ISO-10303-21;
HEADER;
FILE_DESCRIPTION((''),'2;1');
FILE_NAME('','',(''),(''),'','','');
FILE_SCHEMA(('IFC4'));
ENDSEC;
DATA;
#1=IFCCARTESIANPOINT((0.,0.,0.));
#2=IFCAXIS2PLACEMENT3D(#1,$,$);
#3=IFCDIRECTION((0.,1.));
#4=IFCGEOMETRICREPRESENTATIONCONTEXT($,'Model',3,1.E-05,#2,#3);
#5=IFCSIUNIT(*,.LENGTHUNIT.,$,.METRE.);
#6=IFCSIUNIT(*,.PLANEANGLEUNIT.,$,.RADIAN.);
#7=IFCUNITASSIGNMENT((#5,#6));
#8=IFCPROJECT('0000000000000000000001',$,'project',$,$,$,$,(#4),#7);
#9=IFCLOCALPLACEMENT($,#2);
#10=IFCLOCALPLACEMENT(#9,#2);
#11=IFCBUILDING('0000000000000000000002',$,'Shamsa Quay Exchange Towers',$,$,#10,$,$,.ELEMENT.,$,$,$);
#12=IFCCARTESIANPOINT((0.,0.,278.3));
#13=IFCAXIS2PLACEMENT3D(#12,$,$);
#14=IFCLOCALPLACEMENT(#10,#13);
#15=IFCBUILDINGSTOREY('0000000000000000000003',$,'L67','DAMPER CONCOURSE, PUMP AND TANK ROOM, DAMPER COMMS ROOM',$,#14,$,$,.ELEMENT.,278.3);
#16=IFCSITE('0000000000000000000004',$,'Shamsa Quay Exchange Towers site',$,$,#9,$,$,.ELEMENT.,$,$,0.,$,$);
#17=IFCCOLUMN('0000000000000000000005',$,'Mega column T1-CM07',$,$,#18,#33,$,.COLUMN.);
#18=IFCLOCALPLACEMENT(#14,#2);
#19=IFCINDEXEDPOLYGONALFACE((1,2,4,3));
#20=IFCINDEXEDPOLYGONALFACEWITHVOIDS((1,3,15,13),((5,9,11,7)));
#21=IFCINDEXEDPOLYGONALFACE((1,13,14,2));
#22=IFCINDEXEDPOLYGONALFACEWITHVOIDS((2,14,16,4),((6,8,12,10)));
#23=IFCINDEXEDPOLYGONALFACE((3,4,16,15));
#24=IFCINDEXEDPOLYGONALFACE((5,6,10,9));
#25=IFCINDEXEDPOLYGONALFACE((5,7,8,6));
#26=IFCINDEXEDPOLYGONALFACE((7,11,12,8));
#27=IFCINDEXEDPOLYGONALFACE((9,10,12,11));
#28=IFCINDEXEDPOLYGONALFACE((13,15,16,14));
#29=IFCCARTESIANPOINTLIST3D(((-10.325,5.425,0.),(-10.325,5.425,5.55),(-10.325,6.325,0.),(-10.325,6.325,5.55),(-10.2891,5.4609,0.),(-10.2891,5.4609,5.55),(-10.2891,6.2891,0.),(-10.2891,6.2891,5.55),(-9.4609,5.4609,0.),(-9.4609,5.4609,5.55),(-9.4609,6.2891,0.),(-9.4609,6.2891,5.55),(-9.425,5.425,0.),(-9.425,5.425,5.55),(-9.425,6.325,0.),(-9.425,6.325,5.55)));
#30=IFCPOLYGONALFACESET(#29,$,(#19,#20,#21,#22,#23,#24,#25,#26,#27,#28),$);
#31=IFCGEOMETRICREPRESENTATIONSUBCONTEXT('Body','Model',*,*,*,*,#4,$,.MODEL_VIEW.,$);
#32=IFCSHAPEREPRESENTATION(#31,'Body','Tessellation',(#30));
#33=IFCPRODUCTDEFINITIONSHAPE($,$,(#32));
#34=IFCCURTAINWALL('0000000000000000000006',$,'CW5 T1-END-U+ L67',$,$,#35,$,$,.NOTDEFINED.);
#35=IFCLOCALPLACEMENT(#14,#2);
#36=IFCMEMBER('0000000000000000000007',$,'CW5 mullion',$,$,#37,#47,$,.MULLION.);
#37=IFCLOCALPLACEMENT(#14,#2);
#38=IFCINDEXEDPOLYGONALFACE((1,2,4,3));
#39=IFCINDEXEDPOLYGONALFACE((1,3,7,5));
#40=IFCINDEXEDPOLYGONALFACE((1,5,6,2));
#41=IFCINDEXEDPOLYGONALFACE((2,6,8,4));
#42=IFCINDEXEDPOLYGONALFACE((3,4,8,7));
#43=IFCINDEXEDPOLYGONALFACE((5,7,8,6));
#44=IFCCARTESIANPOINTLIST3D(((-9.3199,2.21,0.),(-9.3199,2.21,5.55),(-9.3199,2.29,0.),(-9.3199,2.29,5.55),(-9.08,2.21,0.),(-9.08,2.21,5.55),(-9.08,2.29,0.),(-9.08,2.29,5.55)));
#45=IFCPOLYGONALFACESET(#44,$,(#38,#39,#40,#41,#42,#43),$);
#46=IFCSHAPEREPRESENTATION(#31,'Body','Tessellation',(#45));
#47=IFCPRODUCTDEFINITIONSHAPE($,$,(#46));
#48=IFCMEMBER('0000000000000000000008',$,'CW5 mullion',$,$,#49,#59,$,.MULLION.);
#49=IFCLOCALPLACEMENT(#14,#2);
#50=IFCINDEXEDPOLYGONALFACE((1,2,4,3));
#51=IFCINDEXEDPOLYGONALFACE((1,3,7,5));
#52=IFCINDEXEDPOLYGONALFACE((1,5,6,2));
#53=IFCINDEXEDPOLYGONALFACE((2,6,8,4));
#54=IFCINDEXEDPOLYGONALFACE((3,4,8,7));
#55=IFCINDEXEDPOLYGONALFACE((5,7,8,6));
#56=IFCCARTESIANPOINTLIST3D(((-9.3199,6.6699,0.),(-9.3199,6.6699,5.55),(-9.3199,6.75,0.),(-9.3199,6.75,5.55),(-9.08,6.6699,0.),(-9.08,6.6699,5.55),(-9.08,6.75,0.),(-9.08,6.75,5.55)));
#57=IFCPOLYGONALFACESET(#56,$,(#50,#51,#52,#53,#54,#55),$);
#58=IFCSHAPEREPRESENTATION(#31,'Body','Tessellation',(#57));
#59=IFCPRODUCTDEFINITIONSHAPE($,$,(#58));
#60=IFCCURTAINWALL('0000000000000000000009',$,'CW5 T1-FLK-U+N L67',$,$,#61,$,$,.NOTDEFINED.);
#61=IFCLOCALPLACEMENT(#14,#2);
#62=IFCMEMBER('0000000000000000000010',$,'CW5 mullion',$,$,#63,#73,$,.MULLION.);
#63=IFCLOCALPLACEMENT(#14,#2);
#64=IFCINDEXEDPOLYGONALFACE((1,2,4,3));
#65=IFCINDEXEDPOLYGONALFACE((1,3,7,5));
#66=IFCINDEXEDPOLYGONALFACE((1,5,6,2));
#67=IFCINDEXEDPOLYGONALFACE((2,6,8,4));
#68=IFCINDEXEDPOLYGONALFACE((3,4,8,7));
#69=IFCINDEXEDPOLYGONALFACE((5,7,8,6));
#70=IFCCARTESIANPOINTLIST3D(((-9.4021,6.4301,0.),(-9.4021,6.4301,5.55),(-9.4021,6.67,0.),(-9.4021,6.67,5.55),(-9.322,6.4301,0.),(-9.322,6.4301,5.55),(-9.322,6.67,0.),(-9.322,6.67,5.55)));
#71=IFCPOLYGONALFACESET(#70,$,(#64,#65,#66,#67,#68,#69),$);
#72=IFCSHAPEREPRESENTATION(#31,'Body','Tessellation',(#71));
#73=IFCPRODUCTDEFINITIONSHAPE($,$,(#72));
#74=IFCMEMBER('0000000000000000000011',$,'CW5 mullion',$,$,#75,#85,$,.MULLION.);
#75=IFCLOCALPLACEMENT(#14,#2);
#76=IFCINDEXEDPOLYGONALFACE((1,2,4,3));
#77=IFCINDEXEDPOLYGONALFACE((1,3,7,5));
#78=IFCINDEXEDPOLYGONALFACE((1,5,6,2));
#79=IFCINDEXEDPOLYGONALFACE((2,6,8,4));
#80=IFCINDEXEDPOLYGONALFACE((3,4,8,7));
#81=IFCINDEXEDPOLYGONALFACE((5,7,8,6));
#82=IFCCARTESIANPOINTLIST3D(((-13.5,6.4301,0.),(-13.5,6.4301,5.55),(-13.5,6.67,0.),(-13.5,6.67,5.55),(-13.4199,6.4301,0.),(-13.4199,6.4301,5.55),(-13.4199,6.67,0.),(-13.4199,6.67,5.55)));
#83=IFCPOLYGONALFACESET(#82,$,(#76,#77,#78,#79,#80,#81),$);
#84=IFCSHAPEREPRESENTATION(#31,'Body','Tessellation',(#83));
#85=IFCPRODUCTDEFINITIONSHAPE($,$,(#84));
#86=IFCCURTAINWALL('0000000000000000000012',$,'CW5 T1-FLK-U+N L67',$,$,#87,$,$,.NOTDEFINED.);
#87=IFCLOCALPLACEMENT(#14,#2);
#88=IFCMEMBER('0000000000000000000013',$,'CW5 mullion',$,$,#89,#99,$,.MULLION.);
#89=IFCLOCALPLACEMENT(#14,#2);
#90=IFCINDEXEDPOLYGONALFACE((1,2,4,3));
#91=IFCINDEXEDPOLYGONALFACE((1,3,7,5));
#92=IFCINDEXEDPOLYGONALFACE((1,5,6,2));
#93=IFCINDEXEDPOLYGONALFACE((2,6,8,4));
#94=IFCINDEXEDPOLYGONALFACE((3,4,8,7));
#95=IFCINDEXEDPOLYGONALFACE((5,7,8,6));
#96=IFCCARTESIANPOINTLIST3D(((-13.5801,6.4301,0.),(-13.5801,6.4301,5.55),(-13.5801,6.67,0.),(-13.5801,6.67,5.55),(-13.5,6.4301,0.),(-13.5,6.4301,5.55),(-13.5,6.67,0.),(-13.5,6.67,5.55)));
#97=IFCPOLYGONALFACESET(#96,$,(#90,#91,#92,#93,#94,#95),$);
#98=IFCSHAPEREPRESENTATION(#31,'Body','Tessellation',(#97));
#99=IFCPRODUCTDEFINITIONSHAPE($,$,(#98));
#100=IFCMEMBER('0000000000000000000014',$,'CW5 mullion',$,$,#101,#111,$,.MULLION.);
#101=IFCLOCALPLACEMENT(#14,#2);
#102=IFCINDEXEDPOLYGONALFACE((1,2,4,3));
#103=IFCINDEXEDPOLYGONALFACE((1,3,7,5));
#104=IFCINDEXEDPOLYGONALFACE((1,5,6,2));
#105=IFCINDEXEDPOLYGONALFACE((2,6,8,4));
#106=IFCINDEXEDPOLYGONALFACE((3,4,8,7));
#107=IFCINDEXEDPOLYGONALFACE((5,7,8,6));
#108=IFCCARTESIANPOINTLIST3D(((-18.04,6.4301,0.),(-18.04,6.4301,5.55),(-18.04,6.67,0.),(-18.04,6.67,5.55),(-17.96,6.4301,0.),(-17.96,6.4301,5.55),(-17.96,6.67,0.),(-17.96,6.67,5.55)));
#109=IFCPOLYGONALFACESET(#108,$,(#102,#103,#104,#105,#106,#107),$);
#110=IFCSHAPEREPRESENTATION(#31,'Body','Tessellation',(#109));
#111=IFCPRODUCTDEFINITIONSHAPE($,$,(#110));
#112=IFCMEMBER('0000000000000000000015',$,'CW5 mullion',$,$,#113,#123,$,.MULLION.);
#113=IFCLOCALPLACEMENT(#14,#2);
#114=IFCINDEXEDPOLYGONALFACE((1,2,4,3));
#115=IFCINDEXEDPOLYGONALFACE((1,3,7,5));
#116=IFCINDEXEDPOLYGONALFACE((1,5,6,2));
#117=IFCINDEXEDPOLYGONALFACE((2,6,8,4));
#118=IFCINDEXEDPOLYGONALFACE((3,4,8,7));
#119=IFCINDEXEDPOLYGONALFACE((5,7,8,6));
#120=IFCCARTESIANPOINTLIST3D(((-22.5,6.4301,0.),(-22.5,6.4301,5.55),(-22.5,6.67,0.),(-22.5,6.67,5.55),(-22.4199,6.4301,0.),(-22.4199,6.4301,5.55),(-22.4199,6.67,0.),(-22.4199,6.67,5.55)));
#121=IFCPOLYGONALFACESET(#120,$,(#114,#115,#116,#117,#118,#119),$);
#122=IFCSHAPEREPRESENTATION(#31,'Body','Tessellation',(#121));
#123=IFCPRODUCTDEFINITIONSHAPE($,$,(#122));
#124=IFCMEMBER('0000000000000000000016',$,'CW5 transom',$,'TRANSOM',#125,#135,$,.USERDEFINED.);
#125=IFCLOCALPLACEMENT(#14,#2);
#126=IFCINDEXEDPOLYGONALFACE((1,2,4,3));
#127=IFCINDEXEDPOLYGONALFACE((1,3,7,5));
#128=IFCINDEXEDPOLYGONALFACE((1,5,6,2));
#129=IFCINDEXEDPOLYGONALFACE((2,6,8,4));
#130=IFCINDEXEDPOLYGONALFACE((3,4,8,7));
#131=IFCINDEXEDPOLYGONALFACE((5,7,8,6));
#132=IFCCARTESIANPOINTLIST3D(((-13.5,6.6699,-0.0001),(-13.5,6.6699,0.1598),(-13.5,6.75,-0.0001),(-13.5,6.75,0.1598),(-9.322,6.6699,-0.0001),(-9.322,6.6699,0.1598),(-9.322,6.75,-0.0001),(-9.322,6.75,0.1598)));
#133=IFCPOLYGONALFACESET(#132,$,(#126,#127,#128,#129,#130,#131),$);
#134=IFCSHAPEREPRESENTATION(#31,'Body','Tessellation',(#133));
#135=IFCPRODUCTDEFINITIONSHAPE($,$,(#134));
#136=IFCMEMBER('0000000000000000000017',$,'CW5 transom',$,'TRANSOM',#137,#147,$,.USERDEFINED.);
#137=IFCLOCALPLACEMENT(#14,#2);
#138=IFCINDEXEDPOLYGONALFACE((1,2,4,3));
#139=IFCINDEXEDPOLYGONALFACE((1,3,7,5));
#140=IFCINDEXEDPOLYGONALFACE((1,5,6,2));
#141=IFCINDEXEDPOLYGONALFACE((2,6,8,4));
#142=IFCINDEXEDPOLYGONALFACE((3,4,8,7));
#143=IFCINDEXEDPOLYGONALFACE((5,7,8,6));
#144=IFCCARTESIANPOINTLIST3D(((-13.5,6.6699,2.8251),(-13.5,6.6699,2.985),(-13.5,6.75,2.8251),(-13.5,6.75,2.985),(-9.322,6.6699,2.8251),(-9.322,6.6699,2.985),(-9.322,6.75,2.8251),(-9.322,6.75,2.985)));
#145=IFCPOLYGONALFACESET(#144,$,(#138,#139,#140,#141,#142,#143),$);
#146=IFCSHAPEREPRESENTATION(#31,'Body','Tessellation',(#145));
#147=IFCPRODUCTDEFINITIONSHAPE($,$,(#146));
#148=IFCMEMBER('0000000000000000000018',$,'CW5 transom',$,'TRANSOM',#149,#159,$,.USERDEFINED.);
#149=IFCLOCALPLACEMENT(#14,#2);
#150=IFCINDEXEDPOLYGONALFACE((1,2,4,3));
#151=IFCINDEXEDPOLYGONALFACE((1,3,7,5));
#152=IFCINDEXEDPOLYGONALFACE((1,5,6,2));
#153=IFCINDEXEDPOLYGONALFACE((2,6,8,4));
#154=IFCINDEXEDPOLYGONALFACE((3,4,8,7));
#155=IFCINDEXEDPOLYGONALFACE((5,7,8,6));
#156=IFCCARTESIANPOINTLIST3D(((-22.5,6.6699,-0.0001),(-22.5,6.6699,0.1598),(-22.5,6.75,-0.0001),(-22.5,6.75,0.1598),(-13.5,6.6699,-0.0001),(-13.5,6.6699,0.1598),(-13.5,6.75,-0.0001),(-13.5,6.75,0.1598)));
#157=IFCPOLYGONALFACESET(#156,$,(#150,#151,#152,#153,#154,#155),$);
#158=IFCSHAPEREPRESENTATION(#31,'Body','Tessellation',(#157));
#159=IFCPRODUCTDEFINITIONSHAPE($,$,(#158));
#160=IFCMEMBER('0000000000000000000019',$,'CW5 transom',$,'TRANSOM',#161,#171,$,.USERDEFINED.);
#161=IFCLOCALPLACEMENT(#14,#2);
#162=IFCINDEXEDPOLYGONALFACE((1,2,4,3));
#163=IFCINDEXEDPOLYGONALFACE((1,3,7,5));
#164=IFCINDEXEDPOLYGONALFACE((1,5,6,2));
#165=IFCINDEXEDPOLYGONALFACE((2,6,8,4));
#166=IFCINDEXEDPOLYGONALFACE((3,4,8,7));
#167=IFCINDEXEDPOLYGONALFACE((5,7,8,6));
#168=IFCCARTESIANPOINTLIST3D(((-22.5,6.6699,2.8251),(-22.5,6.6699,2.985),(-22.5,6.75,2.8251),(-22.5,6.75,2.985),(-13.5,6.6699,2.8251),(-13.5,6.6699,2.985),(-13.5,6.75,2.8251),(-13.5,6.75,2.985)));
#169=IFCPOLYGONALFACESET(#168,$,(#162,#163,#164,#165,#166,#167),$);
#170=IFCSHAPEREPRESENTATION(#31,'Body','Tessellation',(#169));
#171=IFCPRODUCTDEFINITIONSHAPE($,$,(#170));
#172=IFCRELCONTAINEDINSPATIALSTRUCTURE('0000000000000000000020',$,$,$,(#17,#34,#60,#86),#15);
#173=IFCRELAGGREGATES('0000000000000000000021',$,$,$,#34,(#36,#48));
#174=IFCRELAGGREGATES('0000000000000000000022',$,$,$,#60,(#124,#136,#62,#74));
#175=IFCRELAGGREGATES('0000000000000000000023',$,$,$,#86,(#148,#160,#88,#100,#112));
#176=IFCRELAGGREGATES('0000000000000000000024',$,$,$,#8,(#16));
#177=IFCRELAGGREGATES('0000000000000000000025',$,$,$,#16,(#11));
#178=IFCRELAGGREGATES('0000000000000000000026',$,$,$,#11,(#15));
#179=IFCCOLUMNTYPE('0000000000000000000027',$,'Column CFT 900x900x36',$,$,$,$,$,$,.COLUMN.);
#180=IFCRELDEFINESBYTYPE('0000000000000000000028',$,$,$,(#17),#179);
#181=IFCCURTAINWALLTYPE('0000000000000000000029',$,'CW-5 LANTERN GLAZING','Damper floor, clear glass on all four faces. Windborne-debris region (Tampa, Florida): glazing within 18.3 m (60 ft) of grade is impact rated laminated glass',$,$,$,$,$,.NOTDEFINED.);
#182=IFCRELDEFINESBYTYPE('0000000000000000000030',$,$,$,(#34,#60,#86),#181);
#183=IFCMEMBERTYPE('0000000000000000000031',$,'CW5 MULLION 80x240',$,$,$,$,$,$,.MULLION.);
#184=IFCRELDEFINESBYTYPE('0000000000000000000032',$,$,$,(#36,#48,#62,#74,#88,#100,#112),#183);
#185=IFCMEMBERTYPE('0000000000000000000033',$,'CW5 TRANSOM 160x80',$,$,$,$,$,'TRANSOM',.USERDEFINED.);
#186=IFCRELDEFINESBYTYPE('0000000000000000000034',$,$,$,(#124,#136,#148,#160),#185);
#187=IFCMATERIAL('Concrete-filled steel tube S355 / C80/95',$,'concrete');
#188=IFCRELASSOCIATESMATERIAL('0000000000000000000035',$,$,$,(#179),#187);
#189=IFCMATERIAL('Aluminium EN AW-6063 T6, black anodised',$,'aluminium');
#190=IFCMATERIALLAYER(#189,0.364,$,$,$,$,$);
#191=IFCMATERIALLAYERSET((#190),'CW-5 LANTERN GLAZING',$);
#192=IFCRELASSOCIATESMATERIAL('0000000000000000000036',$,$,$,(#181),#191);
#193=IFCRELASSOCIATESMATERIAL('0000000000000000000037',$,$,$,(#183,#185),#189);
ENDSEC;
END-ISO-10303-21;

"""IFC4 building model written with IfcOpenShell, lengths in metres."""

from ifc_helpers import new_model, si_unit, direction, frame, origin, origin_2d, place, context, subcontext, project, spatial, rectangle, hollow_rectangle, extrude, material, layer, layer_set, material_profile, profile_set, type_object, element, aggregate, save


model = new_model("IFC4")

# Units and contexts
model_context = context("Model", 3, precision=1e-05, world=origin(), true_north=direction((0.0, 1.0)))
body_context = subcontext(model_context, "Body", "Model", "MODEL_VIEW")
ifc_project = project(units=[si_unit("LENGTHUNIT", "METRE"), si_unit("PLANEANGLEUNIT", "RADIAN")], contexts=[model_context])

# Site, building, storey
site_placement = place(None, origin())
site = spatial("IfcSite", under=ifc_project, at=site_placement, Name="Shamsa Quay Exchange Towers site", CompositionType="ELEMENT", RefElevation=0.0)
building_placement = place(site_placement, origin())
building = spatial("IfcBuilding", under=site, at=building_placement, Name="Shamsa Quay Exchange Towers", CompositionType="ELEMENT")
storey_placement = place(building_placement, frame((0.0, 0.0, 278.3)))
storey = spatial("IfcBuildingStorey", under=building, at=storey_placement, Name="L67", Description="DAMPER CONCOURSE, PUMP AND TANK ROOM, DAMPER COMMS ROOM", CompositionType="ELEMENT", Elevation=278.3)

# Column
ifc_material_1 = material(Name="Concrete-filled steel tube S355 / C80/95", Category="concrete")
ifc_material_profile_1 = material_profile(ifc_material_1, hollow_rectangle(XDim=0.8999, YDim=0.8999, WallThickness=0.0359, at=origin_2d()), Name="CFT 900x900x36")
ifc_profile_set_1 = profile_set([ifc_material_profile_1], Name="Concrete-filled steel tube S355 / C80/95")
column_type = type_object("IfcColumnType", Name="Column CFT 900x900x36", PredefinedType="COLUMN", material=ifc_profile_set_1)
column_placement = place(storey_placement, frame((-9.875, 5.875, 0.0)))
element("IfcColumn", 1, at=column_placement, inside=storey, type_object=column_type, Name="Mega column T1-CM07", PredefinedType="COLUMN", context=body_context, shape_type="SweptSolid", body=[
    extrude(hollow_rectangle(XDim=0.8999, YDim=0.8999, WallThickness=0.0359, at=origin_2d()), origin(), (0.0, 0.0, 1.0), 5.55),
])

# Curtain walls, members
ifc_material_2 = material(Name="Aluminium EN AW-6063 T6, black anodised", Category="aluminium")
ifc_layer_1 = layer(ifc_material_2, 0.364)
ifc_layer_set_1 = layer_set([ifc_layer_1], Name="CW-5 LANTERN GLAZING")
curtain_wall_type = type_object("IfcCurtainWallType", Name="CW-5 LANTERN GLAZING", Description="Damper floor, clear glass on all four faces. Windborne-debris region (Tampa, Florida): glazing within 18.3 m (60 ft) of grade is impact rated laminated glass", PredefinedType="NOTDEFINED", material=ifc_layer_set_1)
curtain_wall_1_placement = place(storey_placement, origin())
curtain_wall_1 = element("IfcCurtainWall", 2, at=curtain_wall_1_placement, inside=storey, type_object=curtain_wall_type, Name="CW5 T1-END-U+ L67", PredefinedType="NOTDEFINED")
ifc_material_profile_2 = material_profile(ifc_material_2, rectangle(XDim=0.24, YDim=0.0801, at=origin_2d()), Name="MU80x240")
ifc_profile_set_2 = profile_set([ifc_material_profile_2], Name="Aluminium EN AW-6063 T6, black anodised")
member_type_1 = type_object("IfcMemberType", Name="CW5 MULLION 80x240", PredefinedType="MULLION", material=ifc_profile_set_2)
member_1_placement = place(storey_placement, frame((-9.2, 2.25, 0.0), z_axis=(0.0, 0.0, 1.0), x_axis=(-1.0, 0.0, 0.0)))
member_1 = element("IfcMember", 3, at=member_1_placement, type_object=member_type_1, Name="CW5 mullion", PredefinedType="MULLION", context=body_context, shape_type="SweptSolid", body=[
    extrude(rectangle(XDim=0.24, YDim=0.0801, at=origin_2d()), origin(), (0.0, 0.0, 1.0), 5.55),
])
member_2_placement = place(storey_placement, frame((-9.2, 6.71, 0.0), z_axis=(0.0, 0.0, 1.0), x_axis=(-1.0, 0.0, 0.0)))
member_2 = element("IfcMember", 4, at=member_2_placement, type_object=member_type_1, Name="CW5 mullion", PredefinedType="MULLION", context=body_context, shape_type="SweptSolid", body=[
    extrude(rectangle(XDim=0.24, YDim=0.0801, at=origin_2d()), origin(), (0.0, 0.0, 1.0), 5.55),
])
curtain_wall_2_placement = place(storey_placement, origin())
curtain_wall_2 = element("IfcCurtainWall", 5, at=curtain_wall_2_placement, inside=storey, type_object=curtain_wall_type, Name="CW5 T1-FLK-U+N L67", PredefinedType="NOTDEFINED")
member_3_placement = place(storey_placement, frame((-9.3621, 6.55, 0.0), z_axis=(0.0, 0.0, 1.0), x_axis=(0.0, -1.0, 0.0)))
member_3 = element("IfcMember", 6, at=member_3_placement, type_object=member_type_1, Name="CW5 mullion", PredefinedType="MULLION", context=body_context, shape_type="SweptSolid", body=[
    extrude(rectangle(XDim=0.24, YDim=0.0801, at=origin_2d()), origin(), (0.0, 0.0, 1.0), 5.55),
])
member_4_placement = place(storey_placement, frame((-13.46, 6.55, 0.0), z_axis=(0.0, 0.0, 1.0), x_axis=(0.0, -1.0, 0.0)))
member_4 = element("IfcMember", 7, at=member_4_placement, type_object=member_type_1, Name="CW5 mullion", PredefinedType="MULLION", context=body_context, shape_type="SweptSolid", body=[
    extrude(rectangle(XDim=0.24, YDim=0.0801, at=origin_2d()), origin(), (0.0, 0.0, 1.0), 5.55),
])
curtain_wall_3_placement = place(storey_placement, origin())
curtain_wall_3 = element("IfcCurtainWall", 8, at=curtain_wall_3_placement, inside=storey, type_object=curtain_wall_type, Name="CW5 T1-FLK-U+N L67", PredefinedType="NOTDEFINED")
member_5_placement = place(storey_placement, frame((-13.54, 6.55, 0.0), z_axis=(0.0, 0.0, 1.0), x_axis=(0.0, -1.0, 0.0)))
member_5 = element("IfcMember", 9, at=member_5_placement, type_object=member_type_1, Name="CW5 mullion", PredefinedType="MULLION", context=body_context, shape_type="SweptSolid", body=[
    extrude(rectangle(XDim=0.24, YDim=0.0801, at=origin_2d()), origin(), (0.0, 0.0, 1.0), 5.55),
])
member_6_placement = place(storey_placement, frame((-18.0, 6.55, 0.0), z_axis=(0.0, 0.0, 1.0), x_axis=(0.0, -1.0, 0.0)))
member_6 = element("IfcMember", 10, at=member_6_placement, type_object=member_type_1, Name="CW5 mullion", PredefinedType="MULLION", context=body_context, shape_type="SweptSolid", body=[
    extrude(rectangle(XDim=0.24, YDim=0.0801, at=origin_2d()), origin(), (0.0, 0.0, 1.0), 5.55),
])
member_7_placement = place(storey_placement, frame((-22.46, 6.55, 0.0), z_axis=(0.0, 0.0, 1.0), x_axis=(0.0, -1.0, 0.0)))
member_7 = element("IfcMember", 11, at=member_7_placement, type_object=member_type_1, Name="CW5 mullion", PredefinedType="MULLION", context=body_context, shape_type="SweptSolid", body=[
    extrude(rectangle(XDim=0.24, YDim=0.0801, at=origin_2d()), origin(), (0.0, 0.0, 1.0), 5.55),
])

# Members
ifc_material_profile_3 = material_profile(ifc_material_2, rectangle(XDim=0.0801, YDim=0.1599, at=origin_2d()), Name="TR160x80")
ifc_profile_set_3 = profile_set([ifc_material_profile_3], Name="Aluminium EN AW-6063 T6, black anodised")
member_type_2 = type_object("IfcMemberType", Name="CW5 TRANSOM 160x80", ElementType="TRANSOM", PredefinedType="USERDEFINED", material=ifc_profile_set_3)
member_8_placement = place(storey_placement, frame((-9.322, 6.71, 0.0798), z_axis=(-1.0, 0.0, 0.0), x_axis=(0.0, -1.0, 0.0)))
member_8 = element("IfcMember", 12, at=member_8_placement, type_object=member_type_2, Name="CW5 transom", ObjectType="TRANSOM", PredefinedType="USERDEFINED", context=body_context, shape_type="SweptSolid", body=[
    extrude(rectangle(XDim=0.0801, YDim=0.1599, at=origin_2d()), origin(), (0.0, 0.0, 1.0), 4.178),
])
member_9_placement = place(storey_placement, frame((-9.322, 6.71, 2.905), z_axis=(-1.0, 0.0, 0.0), x_axis=(0.0, -1.0, 0.0)))
member_9 = element("IfcMember", 13, at=member_9_placement, type_object=member_type_2, Name="CW5 transom", ObjectType="TRANSOM", PredefinedType="USERDEFINED", context=body_context, shape_type="SweptSolid", body=[
    extrude(rectangle(XDim=0.0801, YDim=0.1599, at=origin_2d()), origin(), (0.0, 0.0, 1.0), 4.178),
])
member_10_placement = place(storey_placement, frame((-13.5, 6.71, 0.0798), z_axis=(-1.0, 0.0, 0.0), x_axis=(0.0, -1.0, 0.0)))
member_10 = element("IfcMember", 14, at=member_10_placement, type_object=member_type_2, Name="CW5 transom", ObjectType="TRANSOM", PredefinedType="USERDEFINED", context=body_context, shape_type="SweptSolid", body=[
    extrude(rectangle(XDim=0.0801, YDim=0.1599, at=origin_2d()), origin(), (0.0, 0.0, 1.0), 9.0),
])
member_11_placement = place(storey_placement, frame((-13.5, 6.71, 2.905), z_axis=(-1.0, 0.0, 0.0), x_axis=(0.0, -1.0, 0.0)))
member_11 = element("IfcMember", 15, at=member_11_placement, type_object=member_type_2, Name="CW5 transom", ObjectType="TRANSOM", PredefinedType="USERDEFINED", context=body_context, shape_type="SweptSolid", body=[
    extrude(rectangle(XDim=0.0801, YDim=0.1599, at=origin_2d()), origin(), (0.0, 0.0, 1.0), 9.0),
])

aggregate(curtain_wall_1, [member_1, member_2])
aggregate(curtain_wall_2, [member_8, member_9, member_3, member_4])
aggregate(curtain_wall_3, [member_10, member_11, member_5, member_6, member_7])

save(model, "model.ifc")
